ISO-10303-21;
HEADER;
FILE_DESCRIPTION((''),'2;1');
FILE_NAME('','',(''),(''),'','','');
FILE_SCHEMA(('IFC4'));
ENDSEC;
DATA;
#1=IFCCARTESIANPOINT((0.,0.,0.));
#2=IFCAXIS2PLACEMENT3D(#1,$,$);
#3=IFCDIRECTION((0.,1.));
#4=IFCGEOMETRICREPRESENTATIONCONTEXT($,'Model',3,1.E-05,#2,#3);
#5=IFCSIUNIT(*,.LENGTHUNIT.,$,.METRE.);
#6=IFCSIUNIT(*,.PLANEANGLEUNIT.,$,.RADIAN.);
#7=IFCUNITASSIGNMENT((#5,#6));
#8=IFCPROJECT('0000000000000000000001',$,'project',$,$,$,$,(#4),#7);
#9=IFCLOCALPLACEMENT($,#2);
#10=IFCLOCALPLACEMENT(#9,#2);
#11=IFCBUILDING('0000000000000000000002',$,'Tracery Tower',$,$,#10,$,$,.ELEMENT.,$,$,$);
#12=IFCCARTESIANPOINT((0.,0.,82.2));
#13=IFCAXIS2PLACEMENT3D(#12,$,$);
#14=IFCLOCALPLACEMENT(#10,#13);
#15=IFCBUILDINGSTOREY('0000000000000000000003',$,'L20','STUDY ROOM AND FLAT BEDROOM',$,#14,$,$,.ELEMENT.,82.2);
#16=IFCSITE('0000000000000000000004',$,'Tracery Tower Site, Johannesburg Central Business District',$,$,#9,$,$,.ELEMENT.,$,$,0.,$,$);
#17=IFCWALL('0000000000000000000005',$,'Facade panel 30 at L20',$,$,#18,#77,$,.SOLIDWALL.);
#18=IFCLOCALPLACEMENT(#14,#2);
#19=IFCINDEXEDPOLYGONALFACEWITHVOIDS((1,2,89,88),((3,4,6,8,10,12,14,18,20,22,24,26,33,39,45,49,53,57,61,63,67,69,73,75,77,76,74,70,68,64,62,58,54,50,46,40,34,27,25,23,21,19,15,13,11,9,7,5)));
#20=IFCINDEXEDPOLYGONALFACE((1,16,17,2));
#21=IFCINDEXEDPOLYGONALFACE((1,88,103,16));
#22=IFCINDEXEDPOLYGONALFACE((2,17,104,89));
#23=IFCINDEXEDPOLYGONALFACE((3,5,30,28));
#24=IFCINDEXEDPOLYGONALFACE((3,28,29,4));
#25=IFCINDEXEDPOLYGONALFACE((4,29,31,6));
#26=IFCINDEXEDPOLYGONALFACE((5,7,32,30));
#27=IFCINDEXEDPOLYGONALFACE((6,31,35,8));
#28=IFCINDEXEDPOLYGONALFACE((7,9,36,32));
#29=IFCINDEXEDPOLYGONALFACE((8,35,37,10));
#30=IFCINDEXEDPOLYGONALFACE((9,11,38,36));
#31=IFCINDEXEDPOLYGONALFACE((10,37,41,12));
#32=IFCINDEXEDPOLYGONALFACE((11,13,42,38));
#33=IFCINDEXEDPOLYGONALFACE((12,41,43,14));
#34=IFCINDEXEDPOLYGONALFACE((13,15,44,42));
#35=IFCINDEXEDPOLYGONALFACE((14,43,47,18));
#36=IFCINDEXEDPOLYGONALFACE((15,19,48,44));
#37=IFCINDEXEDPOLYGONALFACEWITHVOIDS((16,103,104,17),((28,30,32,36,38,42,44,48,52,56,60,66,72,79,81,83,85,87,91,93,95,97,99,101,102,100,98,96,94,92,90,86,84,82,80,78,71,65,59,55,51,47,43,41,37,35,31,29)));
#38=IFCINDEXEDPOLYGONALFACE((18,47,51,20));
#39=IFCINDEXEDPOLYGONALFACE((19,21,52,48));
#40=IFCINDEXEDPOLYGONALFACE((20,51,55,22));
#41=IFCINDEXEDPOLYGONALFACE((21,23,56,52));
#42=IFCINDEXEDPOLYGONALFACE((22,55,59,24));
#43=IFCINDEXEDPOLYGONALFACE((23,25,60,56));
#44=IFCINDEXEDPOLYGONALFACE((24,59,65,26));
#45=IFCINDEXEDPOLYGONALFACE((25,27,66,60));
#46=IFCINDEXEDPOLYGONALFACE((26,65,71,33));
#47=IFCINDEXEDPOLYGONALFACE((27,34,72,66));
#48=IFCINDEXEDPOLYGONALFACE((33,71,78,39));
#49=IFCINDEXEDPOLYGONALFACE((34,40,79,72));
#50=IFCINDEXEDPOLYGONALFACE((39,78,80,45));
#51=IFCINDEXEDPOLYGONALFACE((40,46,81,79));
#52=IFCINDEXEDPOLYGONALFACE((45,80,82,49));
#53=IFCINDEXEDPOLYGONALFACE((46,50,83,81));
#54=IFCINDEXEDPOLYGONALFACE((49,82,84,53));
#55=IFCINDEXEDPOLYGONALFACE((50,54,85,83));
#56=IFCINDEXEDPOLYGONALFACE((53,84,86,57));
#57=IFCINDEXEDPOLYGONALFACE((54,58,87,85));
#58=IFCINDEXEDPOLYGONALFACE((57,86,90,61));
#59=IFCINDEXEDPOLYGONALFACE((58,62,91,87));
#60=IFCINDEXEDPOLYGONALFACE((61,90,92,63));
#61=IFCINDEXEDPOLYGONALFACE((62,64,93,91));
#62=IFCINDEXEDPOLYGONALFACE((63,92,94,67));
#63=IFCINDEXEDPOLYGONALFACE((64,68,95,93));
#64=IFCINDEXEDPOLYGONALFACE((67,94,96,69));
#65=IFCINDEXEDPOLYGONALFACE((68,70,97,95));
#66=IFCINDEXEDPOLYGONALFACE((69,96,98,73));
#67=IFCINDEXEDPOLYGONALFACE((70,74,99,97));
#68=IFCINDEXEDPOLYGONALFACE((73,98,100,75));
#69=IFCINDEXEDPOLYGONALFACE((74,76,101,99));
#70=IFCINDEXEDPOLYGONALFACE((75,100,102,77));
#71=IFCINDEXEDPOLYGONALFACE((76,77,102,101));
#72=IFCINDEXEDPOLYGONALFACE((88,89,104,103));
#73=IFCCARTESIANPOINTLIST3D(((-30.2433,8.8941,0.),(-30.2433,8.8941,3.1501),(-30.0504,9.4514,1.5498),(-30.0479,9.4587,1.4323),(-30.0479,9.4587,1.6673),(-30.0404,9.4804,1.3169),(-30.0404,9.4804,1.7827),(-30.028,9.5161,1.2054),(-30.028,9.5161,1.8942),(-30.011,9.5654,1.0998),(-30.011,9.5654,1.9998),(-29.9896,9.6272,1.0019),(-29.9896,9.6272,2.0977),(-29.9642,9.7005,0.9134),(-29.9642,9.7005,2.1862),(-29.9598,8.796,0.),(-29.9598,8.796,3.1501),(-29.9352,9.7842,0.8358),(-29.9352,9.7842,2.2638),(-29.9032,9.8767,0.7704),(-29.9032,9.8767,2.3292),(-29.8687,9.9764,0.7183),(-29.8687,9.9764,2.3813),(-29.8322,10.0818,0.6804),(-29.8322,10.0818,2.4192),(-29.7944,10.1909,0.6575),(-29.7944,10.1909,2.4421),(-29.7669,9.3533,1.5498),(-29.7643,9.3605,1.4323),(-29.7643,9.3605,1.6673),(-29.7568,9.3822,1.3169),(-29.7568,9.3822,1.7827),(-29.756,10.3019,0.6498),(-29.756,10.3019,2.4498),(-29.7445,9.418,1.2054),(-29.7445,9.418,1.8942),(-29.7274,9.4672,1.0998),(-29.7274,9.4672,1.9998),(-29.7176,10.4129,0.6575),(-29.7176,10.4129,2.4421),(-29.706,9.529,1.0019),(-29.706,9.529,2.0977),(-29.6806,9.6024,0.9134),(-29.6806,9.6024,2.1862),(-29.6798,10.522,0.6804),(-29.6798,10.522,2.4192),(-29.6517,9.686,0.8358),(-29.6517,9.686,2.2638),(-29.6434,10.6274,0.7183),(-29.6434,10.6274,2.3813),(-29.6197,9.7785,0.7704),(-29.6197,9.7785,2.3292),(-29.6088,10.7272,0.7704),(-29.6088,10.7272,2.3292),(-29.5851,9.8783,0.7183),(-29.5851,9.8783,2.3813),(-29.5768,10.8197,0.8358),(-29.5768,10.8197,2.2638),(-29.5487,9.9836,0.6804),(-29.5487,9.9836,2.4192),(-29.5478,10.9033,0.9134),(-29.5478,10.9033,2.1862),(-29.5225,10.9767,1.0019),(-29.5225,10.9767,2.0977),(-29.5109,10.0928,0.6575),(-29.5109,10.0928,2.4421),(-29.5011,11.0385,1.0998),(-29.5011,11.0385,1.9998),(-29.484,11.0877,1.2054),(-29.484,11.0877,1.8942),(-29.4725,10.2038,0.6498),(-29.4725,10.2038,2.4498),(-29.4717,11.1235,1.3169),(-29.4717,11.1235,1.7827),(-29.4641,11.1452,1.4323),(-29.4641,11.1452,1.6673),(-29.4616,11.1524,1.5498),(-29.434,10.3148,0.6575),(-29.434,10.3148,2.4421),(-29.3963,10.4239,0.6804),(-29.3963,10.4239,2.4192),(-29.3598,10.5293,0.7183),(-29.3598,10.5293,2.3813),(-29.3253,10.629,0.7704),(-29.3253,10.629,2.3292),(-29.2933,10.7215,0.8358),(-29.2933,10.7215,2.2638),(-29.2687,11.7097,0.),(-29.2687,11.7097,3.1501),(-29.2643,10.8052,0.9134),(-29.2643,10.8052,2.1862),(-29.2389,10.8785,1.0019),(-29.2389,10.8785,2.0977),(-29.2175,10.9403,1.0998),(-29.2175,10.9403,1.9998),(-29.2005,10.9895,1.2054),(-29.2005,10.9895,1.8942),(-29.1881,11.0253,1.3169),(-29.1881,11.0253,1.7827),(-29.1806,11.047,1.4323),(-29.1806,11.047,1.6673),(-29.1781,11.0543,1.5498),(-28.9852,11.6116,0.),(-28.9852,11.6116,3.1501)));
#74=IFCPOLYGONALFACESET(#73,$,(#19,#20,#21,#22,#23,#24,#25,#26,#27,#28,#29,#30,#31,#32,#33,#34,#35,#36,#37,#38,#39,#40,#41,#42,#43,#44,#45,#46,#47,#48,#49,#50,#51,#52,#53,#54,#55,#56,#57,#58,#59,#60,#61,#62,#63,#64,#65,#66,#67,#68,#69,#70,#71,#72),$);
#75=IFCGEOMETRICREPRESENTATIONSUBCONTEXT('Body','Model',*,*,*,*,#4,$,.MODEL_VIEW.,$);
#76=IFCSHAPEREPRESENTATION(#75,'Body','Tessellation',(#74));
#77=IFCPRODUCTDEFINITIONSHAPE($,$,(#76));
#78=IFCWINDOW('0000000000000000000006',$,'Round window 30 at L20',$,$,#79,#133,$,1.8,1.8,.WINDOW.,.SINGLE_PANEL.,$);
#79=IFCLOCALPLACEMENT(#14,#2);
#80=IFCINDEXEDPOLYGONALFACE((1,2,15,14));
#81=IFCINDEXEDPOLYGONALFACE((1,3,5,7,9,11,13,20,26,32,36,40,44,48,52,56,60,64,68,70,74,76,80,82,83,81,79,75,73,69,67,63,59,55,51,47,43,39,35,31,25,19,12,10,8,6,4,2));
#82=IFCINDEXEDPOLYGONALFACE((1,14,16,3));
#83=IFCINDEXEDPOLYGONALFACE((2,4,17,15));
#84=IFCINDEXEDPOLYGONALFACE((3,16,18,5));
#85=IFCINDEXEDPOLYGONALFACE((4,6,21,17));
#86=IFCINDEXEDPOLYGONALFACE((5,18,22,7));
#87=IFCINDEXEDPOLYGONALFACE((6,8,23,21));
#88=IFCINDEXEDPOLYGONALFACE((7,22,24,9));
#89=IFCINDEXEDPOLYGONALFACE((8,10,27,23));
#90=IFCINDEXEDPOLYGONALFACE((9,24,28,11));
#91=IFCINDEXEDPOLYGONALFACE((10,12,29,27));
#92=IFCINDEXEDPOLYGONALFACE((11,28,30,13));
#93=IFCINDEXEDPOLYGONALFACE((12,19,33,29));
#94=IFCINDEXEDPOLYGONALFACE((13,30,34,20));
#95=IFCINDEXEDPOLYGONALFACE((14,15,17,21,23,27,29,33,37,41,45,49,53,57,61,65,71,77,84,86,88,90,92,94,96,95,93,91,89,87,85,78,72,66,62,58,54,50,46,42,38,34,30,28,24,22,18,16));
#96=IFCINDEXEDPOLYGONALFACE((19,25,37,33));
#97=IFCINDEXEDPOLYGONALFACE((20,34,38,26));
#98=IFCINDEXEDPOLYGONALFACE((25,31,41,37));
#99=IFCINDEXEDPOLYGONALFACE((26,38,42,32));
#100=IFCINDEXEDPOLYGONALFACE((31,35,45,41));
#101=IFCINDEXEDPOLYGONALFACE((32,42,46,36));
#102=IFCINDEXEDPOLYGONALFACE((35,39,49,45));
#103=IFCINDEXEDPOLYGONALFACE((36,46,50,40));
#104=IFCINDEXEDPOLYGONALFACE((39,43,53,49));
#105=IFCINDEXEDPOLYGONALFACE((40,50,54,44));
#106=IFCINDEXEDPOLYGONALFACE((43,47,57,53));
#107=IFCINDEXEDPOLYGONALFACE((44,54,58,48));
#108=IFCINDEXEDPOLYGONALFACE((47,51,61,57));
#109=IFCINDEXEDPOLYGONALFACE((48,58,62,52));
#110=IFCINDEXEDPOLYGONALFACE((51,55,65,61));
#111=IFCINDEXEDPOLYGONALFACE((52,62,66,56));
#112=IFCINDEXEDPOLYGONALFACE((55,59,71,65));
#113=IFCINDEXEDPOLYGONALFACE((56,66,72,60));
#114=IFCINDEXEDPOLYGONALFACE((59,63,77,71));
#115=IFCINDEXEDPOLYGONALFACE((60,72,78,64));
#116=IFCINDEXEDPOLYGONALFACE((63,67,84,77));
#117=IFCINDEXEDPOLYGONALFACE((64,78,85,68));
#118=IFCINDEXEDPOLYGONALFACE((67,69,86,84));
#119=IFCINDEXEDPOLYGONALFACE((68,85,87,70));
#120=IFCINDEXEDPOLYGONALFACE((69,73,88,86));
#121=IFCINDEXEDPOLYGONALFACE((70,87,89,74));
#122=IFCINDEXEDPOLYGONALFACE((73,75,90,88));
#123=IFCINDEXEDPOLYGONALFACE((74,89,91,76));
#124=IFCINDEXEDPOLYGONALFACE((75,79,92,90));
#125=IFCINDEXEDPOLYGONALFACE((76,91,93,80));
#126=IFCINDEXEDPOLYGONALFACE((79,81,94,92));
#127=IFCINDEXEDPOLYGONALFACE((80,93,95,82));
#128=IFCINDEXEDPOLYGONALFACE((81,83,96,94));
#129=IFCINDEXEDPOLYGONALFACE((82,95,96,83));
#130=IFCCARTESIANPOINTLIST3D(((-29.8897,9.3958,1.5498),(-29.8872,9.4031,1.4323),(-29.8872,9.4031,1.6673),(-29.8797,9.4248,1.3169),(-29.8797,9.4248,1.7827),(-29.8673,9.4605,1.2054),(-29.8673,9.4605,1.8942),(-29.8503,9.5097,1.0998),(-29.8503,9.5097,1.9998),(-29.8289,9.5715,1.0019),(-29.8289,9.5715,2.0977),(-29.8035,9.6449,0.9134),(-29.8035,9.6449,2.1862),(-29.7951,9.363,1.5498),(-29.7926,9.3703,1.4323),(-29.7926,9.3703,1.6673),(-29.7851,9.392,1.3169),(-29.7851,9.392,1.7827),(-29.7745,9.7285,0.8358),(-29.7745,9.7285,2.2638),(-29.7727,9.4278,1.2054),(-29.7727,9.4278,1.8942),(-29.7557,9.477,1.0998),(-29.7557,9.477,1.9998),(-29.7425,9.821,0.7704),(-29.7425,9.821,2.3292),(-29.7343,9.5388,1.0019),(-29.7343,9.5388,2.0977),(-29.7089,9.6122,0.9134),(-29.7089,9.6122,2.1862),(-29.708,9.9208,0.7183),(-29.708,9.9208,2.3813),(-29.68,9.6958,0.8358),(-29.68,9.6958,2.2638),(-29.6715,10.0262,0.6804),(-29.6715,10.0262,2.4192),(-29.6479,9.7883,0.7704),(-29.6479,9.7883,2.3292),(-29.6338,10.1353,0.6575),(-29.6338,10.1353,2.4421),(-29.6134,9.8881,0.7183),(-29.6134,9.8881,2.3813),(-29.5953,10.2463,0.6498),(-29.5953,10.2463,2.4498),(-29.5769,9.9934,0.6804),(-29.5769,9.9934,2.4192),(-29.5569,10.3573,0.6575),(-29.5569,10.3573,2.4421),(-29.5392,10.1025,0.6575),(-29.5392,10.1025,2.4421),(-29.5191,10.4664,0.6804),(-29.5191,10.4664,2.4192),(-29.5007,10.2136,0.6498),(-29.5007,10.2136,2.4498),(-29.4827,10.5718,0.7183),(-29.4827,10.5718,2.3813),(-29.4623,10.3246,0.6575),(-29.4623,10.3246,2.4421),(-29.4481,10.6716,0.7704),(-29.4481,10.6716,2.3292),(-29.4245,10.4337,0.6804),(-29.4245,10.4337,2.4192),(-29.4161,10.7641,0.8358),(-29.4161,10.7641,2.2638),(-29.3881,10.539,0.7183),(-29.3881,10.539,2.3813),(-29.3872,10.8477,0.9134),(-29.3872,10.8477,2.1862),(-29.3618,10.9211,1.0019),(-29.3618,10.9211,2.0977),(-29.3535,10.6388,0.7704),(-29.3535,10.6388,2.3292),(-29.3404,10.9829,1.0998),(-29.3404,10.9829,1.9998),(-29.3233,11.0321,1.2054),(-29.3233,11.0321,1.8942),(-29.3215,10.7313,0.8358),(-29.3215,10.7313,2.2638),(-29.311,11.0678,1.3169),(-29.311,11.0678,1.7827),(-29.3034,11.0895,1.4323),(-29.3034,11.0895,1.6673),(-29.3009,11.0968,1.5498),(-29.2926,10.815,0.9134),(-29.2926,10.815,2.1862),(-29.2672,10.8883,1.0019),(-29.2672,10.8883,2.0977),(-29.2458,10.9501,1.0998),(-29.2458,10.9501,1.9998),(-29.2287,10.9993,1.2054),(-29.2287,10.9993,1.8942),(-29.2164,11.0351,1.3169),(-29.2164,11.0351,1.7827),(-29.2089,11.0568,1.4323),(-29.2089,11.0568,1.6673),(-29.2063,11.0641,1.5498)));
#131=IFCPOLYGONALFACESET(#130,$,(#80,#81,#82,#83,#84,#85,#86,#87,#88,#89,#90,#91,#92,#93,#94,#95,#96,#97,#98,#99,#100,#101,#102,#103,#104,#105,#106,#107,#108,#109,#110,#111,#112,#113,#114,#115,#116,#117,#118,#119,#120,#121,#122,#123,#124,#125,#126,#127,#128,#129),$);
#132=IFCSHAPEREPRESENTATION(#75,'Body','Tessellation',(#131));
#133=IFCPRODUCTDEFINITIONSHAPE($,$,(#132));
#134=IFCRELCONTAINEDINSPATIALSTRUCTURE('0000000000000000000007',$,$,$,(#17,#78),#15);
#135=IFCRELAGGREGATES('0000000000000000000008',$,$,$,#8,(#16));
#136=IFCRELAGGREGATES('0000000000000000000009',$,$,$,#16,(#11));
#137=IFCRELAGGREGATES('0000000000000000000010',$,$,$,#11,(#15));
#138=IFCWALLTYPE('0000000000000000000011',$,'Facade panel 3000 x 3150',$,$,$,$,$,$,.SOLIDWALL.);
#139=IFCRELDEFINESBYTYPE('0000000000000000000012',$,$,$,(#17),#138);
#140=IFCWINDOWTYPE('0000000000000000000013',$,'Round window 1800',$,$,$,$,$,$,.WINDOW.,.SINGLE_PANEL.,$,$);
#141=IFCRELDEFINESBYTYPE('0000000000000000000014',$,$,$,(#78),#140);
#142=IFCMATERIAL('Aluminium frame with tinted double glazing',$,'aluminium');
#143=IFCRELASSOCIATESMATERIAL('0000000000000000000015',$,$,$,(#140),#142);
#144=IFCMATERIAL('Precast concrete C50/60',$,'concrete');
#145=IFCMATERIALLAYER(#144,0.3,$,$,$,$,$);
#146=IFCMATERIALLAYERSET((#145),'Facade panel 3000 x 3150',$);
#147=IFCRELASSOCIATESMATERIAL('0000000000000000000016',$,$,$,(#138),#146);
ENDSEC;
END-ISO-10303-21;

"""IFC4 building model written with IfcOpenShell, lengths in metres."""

from ifc_helpers import new_model, si_unit, direction, frame, frame_2d, origin, origin_2d, place, context, subcontext, project, spatial, rectangle, circle, extrude, material, layer, layer_set, type_object, element, fill, save


model = new_model("IFC4")

# Units and contexts
model_context = context("Model", 3, precision=1e-05, world=origin(), true_north=direction((0.0, 1.0)))
body_context = subcontext(model_context, "Body", "Model", "MODEL_VIEW")
ifc_project = project(units=[si_unit("LENGTHUNIT", "METRE"), si_unit("PLANEANGLEUNIT", "RADIAN")], contexts=[model_context])

# Site, building, storey
site_placement = place(None, origin())
site = spatial("IfcSite", under=ifc_project, at=site_placement, Name="Tracery Tower Site, Johannesburg Central Business District", CompositionType="ELEMENT", RefElevation=0.0)
building_placement = place(site_placement, origin())
building = spatial("IfcBuilding", under=site, at=building_placement, Name="Tracery Tower", CompositionType="ELEMENT")
storey_placement = place(building_placement, frame((0.0, 0.0, 82.2)))
storey = spatial("IfcBuildingStorey", under=building, at=storey_placement, Name="L20", Description="STUDY ROOM AND FLAT BEDROOM", CompositionType="ELEMENT", Elevation=82.2)

# Wall, opening, window
ifc_material_1 = material(Name="Aluminium frame with tinted double glazing", Category="aluminium")
window_type = type_object("IfcWindowType", Name="Round window 1800", PartitioningType="SINGLE_PANEL", PredefinedType="WINDOW", material=ifc_material_1)
ifc_material_2 = material(Name="Precast concrete C50/60", Category="concrete")
ifc_layer_1 = layer(ifc_material_2, 0.3)
ifc_layer_set_1 = layer_set([ifc_layer_1], Name="Facade panel 3000 x 3150")
wall_type_1 = type_object("IfcWallType", Name="Facade panel 3000 x 3150", PredefinedType="SOLIDWALL", material=ifc_layer_set_1)
wall_1_placement = place(storey_placement, frame((-29.127, 11.6606, 0.0), z_axis=(0.0, 0.0, 1.0), x_axis=(-0.327096, -0.944991, 0.0)))
wall_1 = element("IfcWall", 1, at=wall_1_placement, inside=storey, type_object=wall_type_1, Name="Facade panel 30 at L20", PredefinedType="SOLIDWALL", context=body_context, shape_type="SweptSolid", body=[
    extrude(rectangle(XDim=2.9795, YDim=0.3, at=frame_2d((1.4897, 0.0))), origin(), (0.0, 0.0, 1.0), 3.1501),
])
opening_1_placement = place(wall_1_placement, frame((1.4897, 0.0, 1.5498)))
opening_1 = element("IfcOpeningElement", 2, at=opening_1_placement, cuts=wall_1, PredefinedType="OPENING", context=body_context, shape_type="SweptSolid", body=[
    extrude(circle(Radius=0.9, at=origin_2d()), frame((0.0, 0.1599, 0.0), z_axis=(0.0, -1.0, 0.0), x_axis=(1.0, 0.0, 0.0)), (0.0, 0.0, 1.0), 0.3201),
])
window_1_placement = place(opening_1_placement, origin())
window_1 = element("IfcWindow", 3, at=window_1_placement, inside=storey, type_object=window_type, Name="Round window 30 at L20", OverallHeight=1.8, OverallWidth=1.8, PartitioningType="SINGLE_PANEL", PredefinedType="WINDOW", context=body_context, shape_type="SweptSolid", body=[
    extrude(circle(Radius=0.9, at=origin_2d()), frame((0.0, 0.1201, 0.0), z_axis=(0.0, -1.0, 0.0), x_axis=(1.0, 0.0, 0.0)), (0.0, 0.0, 1.0), 0.1001),
])
fill(opening_1, window_1)

save(model, "model.ifc")
